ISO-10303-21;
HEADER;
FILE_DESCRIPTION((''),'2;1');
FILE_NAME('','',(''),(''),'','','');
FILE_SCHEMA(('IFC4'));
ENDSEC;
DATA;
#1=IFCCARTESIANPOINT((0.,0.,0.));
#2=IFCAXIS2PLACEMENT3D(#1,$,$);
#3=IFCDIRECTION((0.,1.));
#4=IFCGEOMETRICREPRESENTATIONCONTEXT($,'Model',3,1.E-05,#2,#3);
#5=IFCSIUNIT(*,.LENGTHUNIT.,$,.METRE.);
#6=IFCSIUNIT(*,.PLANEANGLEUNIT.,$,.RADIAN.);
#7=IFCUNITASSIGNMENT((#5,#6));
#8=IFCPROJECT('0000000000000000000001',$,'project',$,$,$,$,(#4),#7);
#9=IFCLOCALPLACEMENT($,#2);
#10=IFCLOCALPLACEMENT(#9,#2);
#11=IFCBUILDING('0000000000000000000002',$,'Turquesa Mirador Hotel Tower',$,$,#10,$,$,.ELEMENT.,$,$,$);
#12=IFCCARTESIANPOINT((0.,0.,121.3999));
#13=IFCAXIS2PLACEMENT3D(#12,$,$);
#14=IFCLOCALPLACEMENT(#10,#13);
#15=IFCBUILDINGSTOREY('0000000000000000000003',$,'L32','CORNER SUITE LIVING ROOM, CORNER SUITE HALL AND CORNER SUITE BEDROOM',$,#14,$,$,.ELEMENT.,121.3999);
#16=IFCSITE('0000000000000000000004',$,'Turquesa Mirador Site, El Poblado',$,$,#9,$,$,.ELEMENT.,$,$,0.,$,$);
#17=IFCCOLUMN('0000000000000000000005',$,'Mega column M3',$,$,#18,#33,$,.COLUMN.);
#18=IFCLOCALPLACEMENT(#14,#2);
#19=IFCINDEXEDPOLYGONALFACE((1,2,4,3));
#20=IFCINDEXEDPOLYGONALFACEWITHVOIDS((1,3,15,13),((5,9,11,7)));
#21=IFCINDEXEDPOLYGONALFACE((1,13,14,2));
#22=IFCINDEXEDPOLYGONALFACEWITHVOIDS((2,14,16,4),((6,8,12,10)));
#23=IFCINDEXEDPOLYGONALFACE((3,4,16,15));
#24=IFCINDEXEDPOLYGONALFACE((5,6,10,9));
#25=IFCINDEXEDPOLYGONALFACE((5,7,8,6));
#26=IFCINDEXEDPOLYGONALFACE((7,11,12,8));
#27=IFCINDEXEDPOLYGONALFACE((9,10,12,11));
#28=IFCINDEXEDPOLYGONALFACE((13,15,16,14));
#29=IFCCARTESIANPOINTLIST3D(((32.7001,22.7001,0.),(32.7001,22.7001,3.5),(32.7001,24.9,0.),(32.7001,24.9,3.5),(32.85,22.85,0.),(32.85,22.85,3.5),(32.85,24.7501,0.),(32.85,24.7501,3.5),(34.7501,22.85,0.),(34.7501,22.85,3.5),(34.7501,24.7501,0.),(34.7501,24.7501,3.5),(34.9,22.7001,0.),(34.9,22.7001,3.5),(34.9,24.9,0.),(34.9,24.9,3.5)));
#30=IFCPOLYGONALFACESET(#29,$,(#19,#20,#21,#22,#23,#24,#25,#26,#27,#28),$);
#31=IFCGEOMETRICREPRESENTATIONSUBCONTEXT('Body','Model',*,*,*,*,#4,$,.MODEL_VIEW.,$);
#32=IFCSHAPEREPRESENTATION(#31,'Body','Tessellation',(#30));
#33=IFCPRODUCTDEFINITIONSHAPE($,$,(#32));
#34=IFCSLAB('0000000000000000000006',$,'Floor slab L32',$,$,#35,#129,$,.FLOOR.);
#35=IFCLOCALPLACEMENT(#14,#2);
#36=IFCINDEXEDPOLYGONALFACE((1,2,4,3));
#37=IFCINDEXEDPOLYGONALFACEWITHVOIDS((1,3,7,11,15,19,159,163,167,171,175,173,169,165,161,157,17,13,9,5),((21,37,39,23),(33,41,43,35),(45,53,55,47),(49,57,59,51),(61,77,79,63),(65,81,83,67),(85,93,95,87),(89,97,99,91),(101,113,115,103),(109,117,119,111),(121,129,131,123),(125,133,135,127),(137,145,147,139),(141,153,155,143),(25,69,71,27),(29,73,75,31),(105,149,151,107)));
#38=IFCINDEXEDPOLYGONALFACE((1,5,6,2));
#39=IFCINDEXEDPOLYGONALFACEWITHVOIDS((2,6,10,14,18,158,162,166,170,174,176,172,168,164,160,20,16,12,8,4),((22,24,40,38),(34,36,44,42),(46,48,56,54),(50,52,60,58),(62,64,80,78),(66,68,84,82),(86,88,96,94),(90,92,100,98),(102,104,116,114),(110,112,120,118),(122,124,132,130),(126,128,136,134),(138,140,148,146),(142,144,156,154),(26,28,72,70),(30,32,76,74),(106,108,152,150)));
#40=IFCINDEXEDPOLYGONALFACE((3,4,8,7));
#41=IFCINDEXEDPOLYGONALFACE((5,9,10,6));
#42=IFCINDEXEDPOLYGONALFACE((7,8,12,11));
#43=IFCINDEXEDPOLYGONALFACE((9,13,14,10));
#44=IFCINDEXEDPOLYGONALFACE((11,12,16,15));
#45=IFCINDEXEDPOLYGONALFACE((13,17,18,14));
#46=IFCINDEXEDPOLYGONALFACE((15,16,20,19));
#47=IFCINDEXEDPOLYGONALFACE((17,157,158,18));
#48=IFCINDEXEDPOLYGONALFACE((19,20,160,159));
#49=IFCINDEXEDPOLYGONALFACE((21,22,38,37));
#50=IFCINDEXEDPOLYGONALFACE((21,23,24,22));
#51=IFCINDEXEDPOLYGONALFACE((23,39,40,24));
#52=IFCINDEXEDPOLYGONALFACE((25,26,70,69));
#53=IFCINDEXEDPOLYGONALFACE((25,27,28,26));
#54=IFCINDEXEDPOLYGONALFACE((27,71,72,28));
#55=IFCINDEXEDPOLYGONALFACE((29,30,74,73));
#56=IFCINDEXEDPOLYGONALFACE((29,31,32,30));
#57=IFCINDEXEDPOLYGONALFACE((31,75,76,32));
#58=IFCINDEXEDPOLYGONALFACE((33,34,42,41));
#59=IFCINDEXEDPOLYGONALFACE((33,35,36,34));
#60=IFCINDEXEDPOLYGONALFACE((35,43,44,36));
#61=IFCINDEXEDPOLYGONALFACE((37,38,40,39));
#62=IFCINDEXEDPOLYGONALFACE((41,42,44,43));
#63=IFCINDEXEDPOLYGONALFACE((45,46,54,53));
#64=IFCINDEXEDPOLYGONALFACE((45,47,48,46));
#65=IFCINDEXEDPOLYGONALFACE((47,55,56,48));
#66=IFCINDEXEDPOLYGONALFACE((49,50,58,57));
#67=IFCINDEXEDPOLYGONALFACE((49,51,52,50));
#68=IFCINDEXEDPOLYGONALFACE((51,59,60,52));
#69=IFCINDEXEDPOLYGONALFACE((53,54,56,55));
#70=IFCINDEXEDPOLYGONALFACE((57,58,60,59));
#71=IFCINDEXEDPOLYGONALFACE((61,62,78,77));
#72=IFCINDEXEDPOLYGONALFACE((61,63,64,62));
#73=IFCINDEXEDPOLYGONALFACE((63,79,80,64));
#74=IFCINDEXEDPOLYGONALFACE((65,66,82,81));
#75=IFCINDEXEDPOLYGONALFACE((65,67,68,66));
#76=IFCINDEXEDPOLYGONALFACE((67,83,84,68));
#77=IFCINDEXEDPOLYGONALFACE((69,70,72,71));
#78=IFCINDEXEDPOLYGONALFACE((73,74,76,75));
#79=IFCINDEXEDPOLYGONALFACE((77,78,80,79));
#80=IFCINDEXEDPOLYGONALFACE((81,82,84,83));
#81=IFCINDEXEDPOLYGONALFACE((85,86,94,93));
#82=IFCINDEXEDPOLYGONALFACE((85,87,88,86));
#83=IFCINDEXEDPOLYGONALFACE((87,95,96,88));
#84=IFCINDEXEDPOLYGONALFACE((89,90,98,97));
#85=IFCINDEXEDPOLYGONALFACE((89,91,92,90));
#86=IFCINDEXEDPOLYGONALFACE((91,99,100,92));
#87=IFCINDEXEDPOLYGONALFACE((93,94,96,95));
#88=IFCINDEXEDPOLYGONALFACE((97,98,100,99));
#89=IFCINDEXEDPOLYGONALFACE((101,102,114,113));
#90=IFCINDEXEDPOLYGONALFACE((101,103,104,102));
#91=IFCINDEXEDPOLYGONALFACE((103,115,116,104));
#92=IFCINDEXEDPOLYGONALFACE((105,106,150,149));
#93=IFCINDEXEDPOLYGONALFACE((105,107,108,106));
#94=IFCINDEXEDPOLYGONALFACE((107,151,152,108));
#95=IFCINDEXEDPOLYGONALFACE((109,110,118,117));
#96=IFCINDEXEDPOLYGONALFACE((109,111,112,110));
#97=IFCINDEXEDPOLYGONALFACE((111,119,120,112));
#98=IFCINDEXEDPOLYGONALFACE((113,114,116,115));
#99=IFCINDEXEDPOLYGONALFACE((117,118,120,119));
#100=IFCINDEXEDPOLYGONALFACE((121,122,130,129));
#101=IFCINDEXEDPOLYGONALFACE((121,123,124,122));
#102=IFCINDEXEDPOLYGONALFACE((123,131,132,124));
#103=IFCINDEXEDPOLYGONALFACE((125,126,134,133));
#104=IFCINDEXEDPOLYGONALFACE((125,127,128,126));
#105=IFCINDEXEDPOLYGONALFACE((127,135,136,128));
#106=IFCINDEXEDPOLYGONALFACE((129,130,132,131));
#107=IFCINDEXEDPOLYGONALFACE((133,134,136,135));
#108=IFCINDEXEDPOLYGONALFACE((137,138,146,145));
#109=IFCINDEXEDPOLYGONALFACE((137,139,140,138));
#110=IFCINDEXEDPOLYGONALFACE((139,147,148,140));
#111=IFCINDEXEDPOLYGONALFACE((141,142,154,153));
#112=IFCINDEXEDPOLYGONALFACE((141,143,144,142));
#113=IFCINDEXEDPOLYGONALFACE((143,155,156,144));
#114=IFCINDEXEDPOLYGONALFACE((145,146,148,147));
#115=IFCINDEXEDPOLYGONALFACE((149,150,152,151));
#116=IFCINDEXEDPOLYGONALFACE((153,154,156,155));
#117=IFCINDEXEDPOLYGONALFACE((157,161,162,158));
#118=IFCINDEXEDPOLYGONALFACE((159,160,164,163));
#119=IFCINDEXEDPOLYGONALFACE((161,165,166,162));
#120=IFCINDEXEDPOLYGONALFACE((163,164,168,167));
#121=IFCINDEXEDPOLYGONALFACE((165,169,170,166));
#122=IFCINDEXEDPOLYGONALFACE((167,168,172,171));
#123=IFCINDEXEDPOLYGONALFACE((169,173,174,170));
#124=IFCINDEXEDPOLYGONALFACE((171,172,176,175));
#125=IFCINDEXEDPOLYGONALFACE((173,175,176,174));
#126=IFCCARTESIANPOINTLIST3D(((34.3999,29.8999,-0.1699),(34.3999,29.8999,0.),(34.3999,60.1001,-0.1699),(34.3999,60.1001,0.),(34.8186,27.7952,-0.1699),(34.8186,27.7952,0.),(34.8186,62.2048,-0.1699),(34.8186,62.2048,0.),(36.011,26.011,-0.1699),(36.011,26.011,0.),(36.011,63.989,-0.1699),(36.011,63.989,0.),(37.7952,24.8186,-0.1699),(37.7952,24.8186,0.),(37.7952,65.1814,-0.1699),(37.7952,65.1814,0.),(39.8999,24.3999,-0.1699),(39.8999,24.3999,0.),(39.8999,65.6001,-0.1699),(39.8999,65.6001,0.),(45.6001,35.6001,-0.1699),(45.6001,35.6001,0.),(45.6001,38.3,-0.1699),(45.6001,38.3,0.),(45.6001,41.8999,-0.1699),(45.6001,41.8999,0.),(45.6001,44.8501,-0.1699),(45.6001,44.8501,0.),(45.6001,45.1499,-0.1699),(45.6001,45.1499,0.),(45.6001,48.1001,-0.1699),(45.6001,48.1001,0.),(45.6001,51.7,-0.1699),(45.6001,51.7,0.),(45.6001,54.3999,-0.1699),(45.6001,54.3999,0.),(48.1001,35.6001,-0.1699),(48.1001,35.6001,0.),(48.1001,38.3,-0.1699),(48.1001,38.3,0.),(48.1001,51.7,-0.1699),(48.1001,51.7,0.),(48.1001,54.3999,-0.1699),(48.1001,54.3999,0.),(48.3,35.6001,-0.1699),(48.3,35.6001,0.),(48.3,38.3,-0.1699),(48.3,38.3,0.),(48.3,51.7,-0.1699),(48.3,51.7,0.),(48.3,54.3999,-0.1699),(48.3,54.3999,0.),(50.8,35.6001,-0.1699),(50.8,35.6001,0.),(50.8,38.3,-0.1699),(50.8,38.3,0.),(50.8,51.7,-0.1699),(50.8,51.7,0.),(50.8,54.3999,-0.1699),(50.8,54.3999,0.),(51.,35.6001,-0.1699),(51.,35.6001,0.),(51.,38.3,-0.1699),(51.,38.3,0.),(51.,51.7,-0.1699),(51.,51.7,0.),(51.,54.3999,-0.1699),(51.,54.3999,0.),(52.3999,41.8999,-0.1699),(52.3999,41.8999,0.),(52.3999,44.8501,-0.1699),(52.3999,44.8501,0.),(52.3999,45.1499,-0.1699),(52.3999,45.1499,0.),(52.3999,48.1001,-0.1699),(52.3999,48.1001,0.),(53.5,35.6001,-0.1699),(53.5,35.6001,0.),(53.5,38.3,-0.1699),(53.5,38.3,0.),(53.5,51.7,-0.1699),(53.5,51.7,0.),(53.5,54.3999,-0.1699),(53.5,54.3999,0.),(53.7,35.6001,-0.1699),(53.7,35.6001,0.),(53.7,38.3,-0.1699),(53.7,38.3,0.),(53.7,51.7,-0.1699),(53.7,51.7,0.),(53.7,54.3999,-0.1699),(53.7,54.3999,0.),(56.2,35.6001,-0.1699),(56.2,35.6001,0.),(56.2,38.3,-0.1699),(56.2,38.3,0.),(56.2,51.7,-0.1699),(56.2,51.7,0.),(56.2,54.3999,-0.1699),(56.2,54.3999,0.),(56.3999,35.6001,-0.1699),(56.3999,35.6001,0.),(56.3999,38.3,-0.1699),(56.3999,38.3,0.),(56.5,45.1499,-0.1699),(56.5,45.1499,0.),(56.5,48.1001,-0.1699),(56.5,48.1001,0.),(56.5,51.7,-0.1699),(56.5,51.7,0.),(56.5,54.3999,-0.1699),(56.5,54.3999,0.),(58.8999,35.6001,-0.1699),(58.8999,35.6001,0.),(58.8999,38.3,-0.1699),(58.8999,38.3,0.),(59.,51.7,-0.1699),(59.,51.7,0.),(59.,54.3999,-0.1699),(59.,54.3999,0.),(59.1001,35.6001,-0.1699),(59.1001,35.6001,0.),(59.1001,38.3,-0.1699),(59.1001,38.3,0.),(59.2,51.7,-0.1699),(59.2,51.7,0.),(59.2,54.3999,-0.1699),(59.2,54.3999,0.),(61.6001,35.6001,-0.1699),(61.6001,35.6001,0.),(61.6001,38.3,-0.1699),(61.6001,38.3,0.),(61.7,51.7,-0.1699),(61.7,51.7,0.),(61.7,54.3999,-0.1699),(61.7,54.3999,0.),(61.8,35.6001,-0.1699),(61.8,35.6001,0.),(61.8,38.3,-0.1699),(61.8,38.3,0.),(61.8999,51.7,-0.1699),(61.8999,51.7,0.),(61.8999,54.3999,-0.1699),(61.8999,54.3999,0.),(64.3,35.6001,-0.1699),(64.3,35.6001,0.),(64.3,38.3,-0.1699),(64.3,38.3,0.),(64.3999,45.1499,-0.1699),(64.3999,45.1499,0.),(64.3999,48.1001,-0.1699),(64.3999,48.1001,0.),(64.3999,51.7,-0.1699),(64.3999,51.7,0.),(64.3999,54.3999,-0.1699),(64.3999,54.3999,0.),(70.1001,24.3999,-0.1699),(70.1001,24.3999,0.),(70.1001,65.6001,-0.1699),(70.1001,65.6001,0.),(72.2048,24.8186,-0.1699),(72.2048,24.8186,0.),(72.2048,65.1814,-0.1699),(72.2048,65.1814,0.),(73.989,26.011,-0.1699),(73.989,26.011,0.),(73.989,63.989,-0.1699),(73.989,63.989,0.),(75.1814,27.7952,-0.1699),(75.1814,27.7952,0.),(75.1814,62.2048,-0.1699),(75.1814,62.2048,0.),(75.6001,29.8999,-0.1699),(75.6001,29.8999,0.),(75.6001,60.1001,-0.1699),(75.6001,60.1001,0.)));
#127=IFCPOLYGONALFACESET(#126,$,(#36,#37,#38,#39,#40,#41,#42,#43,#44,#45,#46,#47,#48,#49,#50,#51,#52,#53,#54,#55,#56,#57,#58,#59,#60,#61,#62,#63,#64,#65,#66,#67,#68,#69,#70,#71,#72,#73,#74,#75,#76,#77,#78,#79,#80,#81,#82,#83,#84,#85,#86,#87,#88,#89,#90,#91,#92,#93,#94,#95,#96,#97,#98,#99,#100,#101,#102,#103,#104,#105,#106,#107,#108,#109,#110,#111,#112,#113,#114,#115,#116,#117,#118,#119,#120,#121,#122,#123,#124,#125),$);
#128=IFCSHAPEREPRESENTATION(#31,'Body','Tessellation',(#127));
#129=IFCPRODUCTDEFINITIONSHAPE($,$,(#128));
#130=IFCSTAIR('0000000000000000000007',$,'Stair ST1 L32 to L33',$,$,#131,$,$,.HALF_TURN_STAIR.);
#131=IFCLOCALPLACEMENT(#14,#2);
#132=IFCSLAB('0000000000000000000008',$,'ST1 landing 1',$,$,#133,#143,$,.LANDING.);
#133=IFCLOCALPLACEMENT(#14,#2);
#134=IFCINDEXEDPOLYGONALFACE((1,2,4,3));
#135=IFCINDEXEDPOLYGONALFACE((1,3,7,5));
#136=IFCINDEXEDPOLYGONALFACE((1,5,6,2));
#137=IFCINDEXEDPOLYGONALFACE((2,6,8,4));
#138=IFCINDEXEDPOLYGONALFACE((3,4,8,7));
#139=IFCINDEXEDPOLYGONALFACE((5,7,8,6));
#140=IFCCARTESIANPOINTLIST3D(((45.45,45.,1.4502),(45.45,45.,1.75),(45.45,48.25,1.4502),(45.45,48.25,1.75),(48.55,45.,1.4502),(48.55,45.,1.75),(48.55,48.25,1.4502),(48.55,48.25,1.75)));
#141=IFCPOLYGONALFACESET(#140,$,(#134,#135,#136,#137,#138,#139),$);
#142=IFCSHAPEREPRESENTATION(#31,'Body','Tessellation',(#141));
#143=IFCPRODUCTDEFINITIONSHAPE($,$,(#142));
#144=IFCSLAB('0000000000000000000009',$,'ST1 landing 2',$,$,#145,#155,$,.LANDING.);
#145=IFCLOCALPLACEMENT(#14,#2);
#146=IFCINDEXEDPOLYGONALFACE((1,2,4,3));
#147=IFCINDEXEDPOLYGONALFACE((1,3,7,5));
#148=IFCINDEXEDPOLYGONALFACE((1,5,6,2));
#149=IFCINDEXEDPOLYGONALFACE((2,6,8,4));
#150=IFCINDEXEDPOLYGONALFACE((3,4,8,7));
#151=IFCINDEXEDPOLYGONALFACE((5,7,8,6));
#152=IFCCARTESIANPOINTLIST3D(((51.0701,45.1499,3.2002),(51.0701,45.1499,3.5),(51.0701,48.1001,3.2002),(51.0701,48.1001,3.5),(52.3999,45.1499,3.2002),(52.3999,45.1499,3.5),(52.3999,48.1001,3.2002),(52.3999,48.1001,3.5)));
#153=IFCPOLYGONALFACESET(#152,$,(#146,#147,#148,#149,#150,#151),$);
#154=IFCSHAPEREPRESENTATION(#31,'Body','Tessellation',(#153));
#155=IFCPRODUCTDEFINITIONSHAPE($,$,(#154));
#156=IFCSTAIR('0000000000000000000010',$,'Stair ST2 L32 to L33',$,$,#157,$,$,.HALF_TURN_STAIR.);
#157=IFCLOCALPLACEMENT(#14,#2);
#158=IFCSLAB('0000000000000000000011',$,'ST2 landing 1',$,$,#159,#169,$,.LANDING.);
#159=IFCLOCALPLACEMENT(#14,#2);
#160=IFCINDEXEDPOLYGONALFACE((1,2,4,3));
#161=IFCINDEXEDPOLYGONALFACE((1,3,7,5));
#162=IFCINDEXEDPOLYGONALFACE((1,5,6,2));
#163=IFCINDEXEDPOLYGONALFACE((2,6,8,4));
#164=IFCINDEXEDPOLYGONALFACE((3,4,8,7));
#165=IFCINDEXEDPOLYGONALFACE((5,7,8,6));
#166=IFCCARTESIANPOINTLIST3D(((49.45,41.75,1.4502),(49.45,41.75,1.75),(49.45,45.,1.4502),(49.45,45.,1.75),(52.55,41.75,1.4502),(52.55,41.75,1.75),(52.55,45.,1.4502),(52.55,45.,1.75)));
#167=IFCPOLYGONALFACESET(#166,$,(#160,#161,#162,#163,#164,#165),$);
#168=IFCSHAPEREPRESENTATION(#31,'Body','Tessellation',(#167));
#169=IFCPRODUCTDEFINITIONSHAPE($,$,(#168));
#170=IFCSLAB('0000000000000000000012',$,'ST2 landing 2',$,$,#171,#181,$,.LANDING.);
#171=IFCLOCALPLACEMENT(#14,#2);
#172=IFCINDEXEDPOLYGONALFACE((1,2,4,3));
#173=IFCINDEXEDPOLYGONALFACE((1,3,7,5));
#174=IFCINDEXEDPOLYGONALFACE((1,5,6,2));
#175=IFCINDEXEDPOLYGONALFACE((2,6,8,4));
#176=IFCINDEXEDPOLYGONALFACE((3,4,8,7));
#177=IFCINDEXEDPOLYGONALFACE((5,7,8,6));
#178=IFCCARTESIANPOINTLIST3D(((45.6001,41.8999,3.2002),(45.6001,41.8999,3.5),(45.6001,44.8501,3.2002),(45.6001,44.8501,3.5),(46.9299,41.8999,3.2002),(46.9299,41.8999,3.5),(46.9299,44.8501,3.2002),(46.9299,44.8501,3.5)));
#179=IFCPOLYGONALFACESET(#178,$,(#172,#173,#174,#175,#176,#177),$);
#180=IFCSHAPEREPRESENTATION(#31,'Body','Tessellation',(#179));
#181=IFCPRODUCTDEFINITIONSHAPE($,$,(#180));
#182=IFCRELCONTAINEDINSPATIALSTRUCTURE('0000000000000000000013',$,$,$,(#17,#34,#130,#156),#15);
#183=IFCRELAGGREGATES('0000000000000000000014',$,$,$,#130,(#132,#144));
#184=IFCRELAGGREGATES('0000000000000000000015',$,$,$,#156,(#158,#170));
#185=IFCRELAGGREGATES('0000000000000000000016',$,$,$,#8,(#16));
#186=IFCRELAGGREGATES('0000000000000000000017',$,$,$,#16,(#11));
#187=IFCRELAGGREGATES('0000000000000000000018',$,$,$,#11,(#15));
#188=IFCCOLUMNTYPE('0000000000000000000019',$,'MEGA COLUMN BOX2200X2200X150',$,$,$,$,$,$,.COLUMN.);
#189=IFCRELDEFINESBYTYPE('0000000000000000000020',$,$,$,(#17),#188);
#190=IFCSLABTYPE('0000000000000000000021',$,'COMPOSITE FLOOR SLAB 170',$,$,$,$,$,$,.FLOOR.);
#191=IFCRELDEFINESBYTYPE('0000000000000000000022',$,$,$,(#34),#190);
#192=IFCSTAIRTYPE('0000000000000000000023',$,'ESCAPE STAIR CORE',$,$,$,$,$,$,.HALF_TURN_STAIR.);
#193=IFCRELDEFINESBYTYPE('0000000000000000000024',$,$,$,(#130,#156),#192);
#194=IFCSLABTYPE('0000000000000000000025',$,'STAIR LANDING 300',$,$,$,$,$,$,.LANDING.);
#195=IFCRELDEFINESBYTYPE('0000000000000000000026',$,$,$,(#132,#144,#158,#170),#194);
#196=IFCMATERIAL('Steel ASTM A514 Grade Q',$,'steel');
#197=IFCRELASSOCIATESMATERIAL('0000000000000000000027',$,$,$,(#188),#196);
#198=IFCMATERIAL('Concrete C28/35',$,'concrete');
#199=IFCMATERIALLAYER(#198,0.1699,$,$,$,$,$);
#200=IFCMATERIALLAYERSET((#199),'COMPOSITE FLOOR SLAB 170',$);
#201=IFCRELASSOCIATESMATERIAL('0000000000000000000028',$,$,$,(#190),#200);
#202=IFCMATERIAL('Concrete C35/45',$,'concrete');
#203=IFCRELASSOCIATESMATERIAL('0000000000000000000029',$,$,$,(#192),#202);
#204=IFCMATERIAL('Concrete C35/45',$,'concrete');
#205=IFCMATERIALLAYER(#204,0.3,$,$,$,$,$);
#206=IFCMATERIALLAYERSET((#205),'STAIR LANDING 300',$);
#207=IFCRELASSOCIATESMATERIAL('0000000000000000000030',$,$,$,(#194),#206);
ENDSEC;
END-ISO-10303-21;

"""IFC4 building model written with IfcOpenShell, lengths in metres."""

from ifc_helpers import new_model, si_unit, direction, frame, origin, origin_2d, place, context, subcontext, project, spatial, polyline, hollow_rectangle, outline, extrude, material, layer, layer_set, material_profile, profile_set, type_object, element, aggregate, save


model = new_model("IFC4")

# Units and contexts
model_context = context("Model", 3, precision=1e-05, world=origin(), true_north=direction((0.0, 1.0)))
body_context = subcontext(model_context, "Body", "Model", "MODEL_VIEW")
ifc_project = project(units=[si_unit("LENGTHUNIT", "METRE"), si_unit("PLANEANGLEUNIT", "RADIAN")], contexts=[model_context])

# Site, building, storey
site_placement = place(None, origin())
site = spatial("IfcSite", under=ifc_project, at=site_placement, Name="Turquesa Mirador Site, El Poblado", CompositionType="ELEMENT", RefElevation=0.0)
building_placement = place(site_placement, origin())
building = spatial("IfcBuilding", under=site, at=building_placement, Name="Turquesa Mirador Hotel Tower", CompositionType="ELEMENT")
storey_placement = place(building_placement, frame((0.0, 0.0, 121.3999)))
storey = spatial("IfcBuildingStorey", under=building, at=storey_placement, Name="L32", Description="CORNER SUITE LIVING ROOM, CORNER SUITE HALL AND CORNER SUITE BEDROOM", CompositionType="ELEMENT", Elevation=121.3999)

# Column
ifc_material_1 = material(Name="Steel ASTM A514 Grade Q", Category="steel")
ifc_material_profile = material_profile(ifc_material_1, hollow_rectangle(XDim=2.2, YDim=2.2, WallThickness=0.1499, at=origin_2d()), Name="BOX2200X2200X150")
ifc_profile_set = profile_set([ifc_material_profile], Name="Steel ASTM A514 Grade Q")
column_type = type_object("IfcColumnType", Name="MEGA COLUMN BOX2200X2200X150", PredefinedType="COLUMN", material=ifc_profile_set)
column_placement = place(storey_placement, frame((33.8, 23.8, 0.0), z_axis=(0.0, 0.0, 1.0), x_axis=(1.0, 0.0, 0.0)))
element("IfcColumn", 1, at=column_placement, inside=storey, type_object=column_type, Name="Mega column M3", PredefinedType="COLUMN", context=body_context, shape_type="SweptSolid", body=[
    extrude(hollow_rectangle(XDim=2.2, YDim=2.2, WallThickness=0.1499, at=origin_2d()), origin(), (0.0, 0.0, 1.0), 3.5),
])

# Slab
ifc_material_2 = material(Name="Concrete C28/35", Category="concrete")
ifc_layer_1 = layer(ifc_material_2, 0.1699)
ifc_layer_set_1 = layer_set([ifc_layer_1], Name="COMPOSITE FLOOR SLAB 170")
slab_type_1 = type_object("IfcSlabType", Name="COMPOSITE FLOOR SLAB 170", PredefinedType="FLOOR", material=ifc_layer_set_1)
slab_1_placement = place(storey_placement, frame((0.0, 0.0, -0.1699)))
element("IfcSlab", 2, at=slab_1_placement, inside=storey, type_object=slab_type_1, Name="Floor slab L32", PredefinedType="FLOOR", context=body_context, shape_type="SweptSolid", body=[
    extrude(outline(polyline([(70.1001, 24.3999), (72.2048, 24.8186), (73.989, 26.011), (75.1814, 27.7952), (75.6001, 29.8999), (75.6001, 60.1001), (75.1814, 62.2048), (73.989, 63.989), (72.2048, 65.1814), (70.1001, 65.6001), (39.8999, 65.6001), (37.7952, 65.1814), (36.011, 63.989), (34.8186, 62.2048), (34.3999, 60.1001), (34.3999, 29.8999), (34.8186, 27.7952), (36.011, 26.011), (37.7952, 24.8186), (39.8999, 24.3999), (70.1001, 24.3999)]), holes=[polyline([(45.6001, 51.7), (48.1001, 51.7), (48.1001, 54.3999), (45.6001, 54.3999), (45.6001, 51.7)]), polyline([(48.3, 51.7), (50.8, 51.7), (50.8, 54.3999), (48.3, 54.3999), (48.3, 51.7)]), polyline([(51.0, 51.7), (53.5, 51.7), (53.5, 54.3999), (51.0, 54.3999), (51.0, 51.7)]), polyline([(53.7, 51.7), (56.2, 51.7), (56.2, 54.3999), (53.7, 54.3999), (53.7, 51.7)]), polyline([(56.5, 51.7), (59.0, 51.7), (59.0, 54.3999), (56.5, 54.3999), (56.5, 51.7)]), polyline([(59.2, 51.7), (61.7, 51.7), (61.7, 54.3999), (59.2, 54.3999), (59.2, 51.7)]), polyline([(45.6001, 35.6001), (48.1001, 35.6001), (48.1001, 38.3), (45.6001, 38.3), (45.6001, 35.6001)]), polyline([(48.3, 35.6001), (50.8, 35.6001), (50.8, 38.3), (48.3, 38.3), (48.3, 35.6001)]), polyline([(51.0, 35.6001), (53.5, 35.6001), (53.5, 38.3), (51.0, 38.3), (51.0, 35.6001)]), polyline([(53.7, 35.6001), (56.2, 35.6001), (56.2, 38.3), (53.7, 38.3), (53.7, 35.6001)]), polyline([(56.3999, 35.6001), (58.8999, 35.6001), (58.8999, 38.3), (56.3999, 38.3), (56.3999, 35.6001)]), polyline([(59.1001, 35.6001), (61.6001, 35.6001), (61.6001, 38.3), (59.1001, 38.3), (59.1001, 35.6001)]), polyline([(61.8, 35.6001), (64.3, 35.6001), (64.3, 38.3), (61.8, 38.3), (61.8, 35.6001)]), polyline([(45.6001, 45.1499), (52.3999, 45.1499), (52.3999, 48.1001), (45.6001, 48.1001), (45.6001, 45.1499)]), polyline([(45.6001, 41.8999), (52.3999, 41.8999), (52.3999, 44.8501), (45.6001, 44.8501), (45.6001, 41.8999)]), polyline([(56.5, 45.1499), (64.3999, 45.1499), (64.3999, 48.1001), (56.5, 48.1001), (56.5, 45.1499)]), polyline([(61.8999, 51.7), (64.3999, 51.7), (64.3999, 54.3999), (61.8999, 54.3999), (61.8999, 51.7)])]), origin(), (0.0, 0.0, 1.0), 0.1699),
])

# Stairs, slabs
ifc_material_3 = material(Name="Concrete C35/45", Category="concrete")
stair_type = type_object("IfcStairType", Name="ESCAPE STAIR CORE", PredefinedType="HALF_TURN_STAIR", material=ifc_material_3)
stair_1_placement = place(storey_placement, origin())
stair_1 = element("IfcStair", 3, at=stair_1_placement, inside=storey, type_object=stair_type, Name="Stair ST1 L32 to L33", PredefinedType="HALF_TURN_STAIR")
ifc_material_4 = material(Name="Concrete C35/45", Category="concrete")
ifc_layer_2 = layer(ifc_material_4, 0.3)
ifc_layer_set_2 = layer_set([ifc_layer_2], Name="STAIR LANDING 300")
slab_type_2 = type_object("IfcSlabType", Name="STAIR LANDING 300", PredefinedType="LANDING", material=ifc_layer_set_2)
slab_2_placement = place(storey_placement, frame((0.0, 0.0, 1.4502)))
slab_2 = element("IfcSlab", 4, at=slab_2_placement, type_object=slab_type_2, Name="ST1 landing 1", PredefinedType="LANDING", context=body_context, shape_type="SweptSolid", body=[
    extrude(outline(polyline([(45.45, 45.0), (48.55, 45.0), (48.55, 48.25), (45.45, 48.25), (45.45, 45.0)])), origin(), (0.0, 0.0, 1.0), 0.2998),
])
slab_3_placement = place(storey_placement, frame((0.0, 0.0, 3.2002)))
slab_3 = element("IfcSlab", 5, at=slab_3_placement, type_object=slab_type_2, Name="ST1 landing 2", PredefinedType="LANDING", context=body_context, shape_type="SweptSolid", body=[
    extrude(outline(polyline([(51.0701, 45.1499), (52.3999, 45.1499), (52.3999, 48.1001), (51.0701, 48.1001), (51.0701, 45.1499)])), origin(), (0.0, 0.0, 1.0), 0.2998),
])
aggregate(stair_1, [slab_2, slab_3])
stair_2_placement = place(storey_placement, origin())
stair_2 = element("IfcStair", 6, at=stair_2_placement, inside=storey, type_object=stair_type, Name="Stair ST2 L32 to L33", PredefinedType="HALF_TURN_STAIR")
slab_4_placement = place(storey_placement, frame((0.0, 0.0, 1.4502)))
slab_4 = element("IfcSlab", 7, at=slab_4_placement, type_object=slab_type_2, Name="ST2 landing 1", PredefinedType="LANDING", context=body_context, shape_type="SweptSolid", body=[
    extrude(outline(polyline([(52.55, 45.0), (49.45, 45.0), (49.45, 41.75), (52.55, 41.75), (52.55, 45.0)])), origin(), (0.0, 0.0, 1.0), 0.2998),
])
slab_5_placement = place(storey_placement, frame((0.0, 0.0, 3.2002)))
slab_5 = element("IfcSlab", 8, at=slab_5_placement, type_object=slab_type_2, Name="ST2 landing 2", PredefinedType="LANDING", context=body_context, shape_type="SweptSolid", body=[
    extrude(outline(polyline([(46.9299, 44.8501), (45.6001, 44.8501), (45.6001, 41.8999), (46.9299, 41.8999), (46.9299, 44.8501)])), origin(), (0.0, 0.0, 1.0), 0.2998),
])
aggregate(stair_2, [slab_4, slab_5])

save(model, "model.ifc")
